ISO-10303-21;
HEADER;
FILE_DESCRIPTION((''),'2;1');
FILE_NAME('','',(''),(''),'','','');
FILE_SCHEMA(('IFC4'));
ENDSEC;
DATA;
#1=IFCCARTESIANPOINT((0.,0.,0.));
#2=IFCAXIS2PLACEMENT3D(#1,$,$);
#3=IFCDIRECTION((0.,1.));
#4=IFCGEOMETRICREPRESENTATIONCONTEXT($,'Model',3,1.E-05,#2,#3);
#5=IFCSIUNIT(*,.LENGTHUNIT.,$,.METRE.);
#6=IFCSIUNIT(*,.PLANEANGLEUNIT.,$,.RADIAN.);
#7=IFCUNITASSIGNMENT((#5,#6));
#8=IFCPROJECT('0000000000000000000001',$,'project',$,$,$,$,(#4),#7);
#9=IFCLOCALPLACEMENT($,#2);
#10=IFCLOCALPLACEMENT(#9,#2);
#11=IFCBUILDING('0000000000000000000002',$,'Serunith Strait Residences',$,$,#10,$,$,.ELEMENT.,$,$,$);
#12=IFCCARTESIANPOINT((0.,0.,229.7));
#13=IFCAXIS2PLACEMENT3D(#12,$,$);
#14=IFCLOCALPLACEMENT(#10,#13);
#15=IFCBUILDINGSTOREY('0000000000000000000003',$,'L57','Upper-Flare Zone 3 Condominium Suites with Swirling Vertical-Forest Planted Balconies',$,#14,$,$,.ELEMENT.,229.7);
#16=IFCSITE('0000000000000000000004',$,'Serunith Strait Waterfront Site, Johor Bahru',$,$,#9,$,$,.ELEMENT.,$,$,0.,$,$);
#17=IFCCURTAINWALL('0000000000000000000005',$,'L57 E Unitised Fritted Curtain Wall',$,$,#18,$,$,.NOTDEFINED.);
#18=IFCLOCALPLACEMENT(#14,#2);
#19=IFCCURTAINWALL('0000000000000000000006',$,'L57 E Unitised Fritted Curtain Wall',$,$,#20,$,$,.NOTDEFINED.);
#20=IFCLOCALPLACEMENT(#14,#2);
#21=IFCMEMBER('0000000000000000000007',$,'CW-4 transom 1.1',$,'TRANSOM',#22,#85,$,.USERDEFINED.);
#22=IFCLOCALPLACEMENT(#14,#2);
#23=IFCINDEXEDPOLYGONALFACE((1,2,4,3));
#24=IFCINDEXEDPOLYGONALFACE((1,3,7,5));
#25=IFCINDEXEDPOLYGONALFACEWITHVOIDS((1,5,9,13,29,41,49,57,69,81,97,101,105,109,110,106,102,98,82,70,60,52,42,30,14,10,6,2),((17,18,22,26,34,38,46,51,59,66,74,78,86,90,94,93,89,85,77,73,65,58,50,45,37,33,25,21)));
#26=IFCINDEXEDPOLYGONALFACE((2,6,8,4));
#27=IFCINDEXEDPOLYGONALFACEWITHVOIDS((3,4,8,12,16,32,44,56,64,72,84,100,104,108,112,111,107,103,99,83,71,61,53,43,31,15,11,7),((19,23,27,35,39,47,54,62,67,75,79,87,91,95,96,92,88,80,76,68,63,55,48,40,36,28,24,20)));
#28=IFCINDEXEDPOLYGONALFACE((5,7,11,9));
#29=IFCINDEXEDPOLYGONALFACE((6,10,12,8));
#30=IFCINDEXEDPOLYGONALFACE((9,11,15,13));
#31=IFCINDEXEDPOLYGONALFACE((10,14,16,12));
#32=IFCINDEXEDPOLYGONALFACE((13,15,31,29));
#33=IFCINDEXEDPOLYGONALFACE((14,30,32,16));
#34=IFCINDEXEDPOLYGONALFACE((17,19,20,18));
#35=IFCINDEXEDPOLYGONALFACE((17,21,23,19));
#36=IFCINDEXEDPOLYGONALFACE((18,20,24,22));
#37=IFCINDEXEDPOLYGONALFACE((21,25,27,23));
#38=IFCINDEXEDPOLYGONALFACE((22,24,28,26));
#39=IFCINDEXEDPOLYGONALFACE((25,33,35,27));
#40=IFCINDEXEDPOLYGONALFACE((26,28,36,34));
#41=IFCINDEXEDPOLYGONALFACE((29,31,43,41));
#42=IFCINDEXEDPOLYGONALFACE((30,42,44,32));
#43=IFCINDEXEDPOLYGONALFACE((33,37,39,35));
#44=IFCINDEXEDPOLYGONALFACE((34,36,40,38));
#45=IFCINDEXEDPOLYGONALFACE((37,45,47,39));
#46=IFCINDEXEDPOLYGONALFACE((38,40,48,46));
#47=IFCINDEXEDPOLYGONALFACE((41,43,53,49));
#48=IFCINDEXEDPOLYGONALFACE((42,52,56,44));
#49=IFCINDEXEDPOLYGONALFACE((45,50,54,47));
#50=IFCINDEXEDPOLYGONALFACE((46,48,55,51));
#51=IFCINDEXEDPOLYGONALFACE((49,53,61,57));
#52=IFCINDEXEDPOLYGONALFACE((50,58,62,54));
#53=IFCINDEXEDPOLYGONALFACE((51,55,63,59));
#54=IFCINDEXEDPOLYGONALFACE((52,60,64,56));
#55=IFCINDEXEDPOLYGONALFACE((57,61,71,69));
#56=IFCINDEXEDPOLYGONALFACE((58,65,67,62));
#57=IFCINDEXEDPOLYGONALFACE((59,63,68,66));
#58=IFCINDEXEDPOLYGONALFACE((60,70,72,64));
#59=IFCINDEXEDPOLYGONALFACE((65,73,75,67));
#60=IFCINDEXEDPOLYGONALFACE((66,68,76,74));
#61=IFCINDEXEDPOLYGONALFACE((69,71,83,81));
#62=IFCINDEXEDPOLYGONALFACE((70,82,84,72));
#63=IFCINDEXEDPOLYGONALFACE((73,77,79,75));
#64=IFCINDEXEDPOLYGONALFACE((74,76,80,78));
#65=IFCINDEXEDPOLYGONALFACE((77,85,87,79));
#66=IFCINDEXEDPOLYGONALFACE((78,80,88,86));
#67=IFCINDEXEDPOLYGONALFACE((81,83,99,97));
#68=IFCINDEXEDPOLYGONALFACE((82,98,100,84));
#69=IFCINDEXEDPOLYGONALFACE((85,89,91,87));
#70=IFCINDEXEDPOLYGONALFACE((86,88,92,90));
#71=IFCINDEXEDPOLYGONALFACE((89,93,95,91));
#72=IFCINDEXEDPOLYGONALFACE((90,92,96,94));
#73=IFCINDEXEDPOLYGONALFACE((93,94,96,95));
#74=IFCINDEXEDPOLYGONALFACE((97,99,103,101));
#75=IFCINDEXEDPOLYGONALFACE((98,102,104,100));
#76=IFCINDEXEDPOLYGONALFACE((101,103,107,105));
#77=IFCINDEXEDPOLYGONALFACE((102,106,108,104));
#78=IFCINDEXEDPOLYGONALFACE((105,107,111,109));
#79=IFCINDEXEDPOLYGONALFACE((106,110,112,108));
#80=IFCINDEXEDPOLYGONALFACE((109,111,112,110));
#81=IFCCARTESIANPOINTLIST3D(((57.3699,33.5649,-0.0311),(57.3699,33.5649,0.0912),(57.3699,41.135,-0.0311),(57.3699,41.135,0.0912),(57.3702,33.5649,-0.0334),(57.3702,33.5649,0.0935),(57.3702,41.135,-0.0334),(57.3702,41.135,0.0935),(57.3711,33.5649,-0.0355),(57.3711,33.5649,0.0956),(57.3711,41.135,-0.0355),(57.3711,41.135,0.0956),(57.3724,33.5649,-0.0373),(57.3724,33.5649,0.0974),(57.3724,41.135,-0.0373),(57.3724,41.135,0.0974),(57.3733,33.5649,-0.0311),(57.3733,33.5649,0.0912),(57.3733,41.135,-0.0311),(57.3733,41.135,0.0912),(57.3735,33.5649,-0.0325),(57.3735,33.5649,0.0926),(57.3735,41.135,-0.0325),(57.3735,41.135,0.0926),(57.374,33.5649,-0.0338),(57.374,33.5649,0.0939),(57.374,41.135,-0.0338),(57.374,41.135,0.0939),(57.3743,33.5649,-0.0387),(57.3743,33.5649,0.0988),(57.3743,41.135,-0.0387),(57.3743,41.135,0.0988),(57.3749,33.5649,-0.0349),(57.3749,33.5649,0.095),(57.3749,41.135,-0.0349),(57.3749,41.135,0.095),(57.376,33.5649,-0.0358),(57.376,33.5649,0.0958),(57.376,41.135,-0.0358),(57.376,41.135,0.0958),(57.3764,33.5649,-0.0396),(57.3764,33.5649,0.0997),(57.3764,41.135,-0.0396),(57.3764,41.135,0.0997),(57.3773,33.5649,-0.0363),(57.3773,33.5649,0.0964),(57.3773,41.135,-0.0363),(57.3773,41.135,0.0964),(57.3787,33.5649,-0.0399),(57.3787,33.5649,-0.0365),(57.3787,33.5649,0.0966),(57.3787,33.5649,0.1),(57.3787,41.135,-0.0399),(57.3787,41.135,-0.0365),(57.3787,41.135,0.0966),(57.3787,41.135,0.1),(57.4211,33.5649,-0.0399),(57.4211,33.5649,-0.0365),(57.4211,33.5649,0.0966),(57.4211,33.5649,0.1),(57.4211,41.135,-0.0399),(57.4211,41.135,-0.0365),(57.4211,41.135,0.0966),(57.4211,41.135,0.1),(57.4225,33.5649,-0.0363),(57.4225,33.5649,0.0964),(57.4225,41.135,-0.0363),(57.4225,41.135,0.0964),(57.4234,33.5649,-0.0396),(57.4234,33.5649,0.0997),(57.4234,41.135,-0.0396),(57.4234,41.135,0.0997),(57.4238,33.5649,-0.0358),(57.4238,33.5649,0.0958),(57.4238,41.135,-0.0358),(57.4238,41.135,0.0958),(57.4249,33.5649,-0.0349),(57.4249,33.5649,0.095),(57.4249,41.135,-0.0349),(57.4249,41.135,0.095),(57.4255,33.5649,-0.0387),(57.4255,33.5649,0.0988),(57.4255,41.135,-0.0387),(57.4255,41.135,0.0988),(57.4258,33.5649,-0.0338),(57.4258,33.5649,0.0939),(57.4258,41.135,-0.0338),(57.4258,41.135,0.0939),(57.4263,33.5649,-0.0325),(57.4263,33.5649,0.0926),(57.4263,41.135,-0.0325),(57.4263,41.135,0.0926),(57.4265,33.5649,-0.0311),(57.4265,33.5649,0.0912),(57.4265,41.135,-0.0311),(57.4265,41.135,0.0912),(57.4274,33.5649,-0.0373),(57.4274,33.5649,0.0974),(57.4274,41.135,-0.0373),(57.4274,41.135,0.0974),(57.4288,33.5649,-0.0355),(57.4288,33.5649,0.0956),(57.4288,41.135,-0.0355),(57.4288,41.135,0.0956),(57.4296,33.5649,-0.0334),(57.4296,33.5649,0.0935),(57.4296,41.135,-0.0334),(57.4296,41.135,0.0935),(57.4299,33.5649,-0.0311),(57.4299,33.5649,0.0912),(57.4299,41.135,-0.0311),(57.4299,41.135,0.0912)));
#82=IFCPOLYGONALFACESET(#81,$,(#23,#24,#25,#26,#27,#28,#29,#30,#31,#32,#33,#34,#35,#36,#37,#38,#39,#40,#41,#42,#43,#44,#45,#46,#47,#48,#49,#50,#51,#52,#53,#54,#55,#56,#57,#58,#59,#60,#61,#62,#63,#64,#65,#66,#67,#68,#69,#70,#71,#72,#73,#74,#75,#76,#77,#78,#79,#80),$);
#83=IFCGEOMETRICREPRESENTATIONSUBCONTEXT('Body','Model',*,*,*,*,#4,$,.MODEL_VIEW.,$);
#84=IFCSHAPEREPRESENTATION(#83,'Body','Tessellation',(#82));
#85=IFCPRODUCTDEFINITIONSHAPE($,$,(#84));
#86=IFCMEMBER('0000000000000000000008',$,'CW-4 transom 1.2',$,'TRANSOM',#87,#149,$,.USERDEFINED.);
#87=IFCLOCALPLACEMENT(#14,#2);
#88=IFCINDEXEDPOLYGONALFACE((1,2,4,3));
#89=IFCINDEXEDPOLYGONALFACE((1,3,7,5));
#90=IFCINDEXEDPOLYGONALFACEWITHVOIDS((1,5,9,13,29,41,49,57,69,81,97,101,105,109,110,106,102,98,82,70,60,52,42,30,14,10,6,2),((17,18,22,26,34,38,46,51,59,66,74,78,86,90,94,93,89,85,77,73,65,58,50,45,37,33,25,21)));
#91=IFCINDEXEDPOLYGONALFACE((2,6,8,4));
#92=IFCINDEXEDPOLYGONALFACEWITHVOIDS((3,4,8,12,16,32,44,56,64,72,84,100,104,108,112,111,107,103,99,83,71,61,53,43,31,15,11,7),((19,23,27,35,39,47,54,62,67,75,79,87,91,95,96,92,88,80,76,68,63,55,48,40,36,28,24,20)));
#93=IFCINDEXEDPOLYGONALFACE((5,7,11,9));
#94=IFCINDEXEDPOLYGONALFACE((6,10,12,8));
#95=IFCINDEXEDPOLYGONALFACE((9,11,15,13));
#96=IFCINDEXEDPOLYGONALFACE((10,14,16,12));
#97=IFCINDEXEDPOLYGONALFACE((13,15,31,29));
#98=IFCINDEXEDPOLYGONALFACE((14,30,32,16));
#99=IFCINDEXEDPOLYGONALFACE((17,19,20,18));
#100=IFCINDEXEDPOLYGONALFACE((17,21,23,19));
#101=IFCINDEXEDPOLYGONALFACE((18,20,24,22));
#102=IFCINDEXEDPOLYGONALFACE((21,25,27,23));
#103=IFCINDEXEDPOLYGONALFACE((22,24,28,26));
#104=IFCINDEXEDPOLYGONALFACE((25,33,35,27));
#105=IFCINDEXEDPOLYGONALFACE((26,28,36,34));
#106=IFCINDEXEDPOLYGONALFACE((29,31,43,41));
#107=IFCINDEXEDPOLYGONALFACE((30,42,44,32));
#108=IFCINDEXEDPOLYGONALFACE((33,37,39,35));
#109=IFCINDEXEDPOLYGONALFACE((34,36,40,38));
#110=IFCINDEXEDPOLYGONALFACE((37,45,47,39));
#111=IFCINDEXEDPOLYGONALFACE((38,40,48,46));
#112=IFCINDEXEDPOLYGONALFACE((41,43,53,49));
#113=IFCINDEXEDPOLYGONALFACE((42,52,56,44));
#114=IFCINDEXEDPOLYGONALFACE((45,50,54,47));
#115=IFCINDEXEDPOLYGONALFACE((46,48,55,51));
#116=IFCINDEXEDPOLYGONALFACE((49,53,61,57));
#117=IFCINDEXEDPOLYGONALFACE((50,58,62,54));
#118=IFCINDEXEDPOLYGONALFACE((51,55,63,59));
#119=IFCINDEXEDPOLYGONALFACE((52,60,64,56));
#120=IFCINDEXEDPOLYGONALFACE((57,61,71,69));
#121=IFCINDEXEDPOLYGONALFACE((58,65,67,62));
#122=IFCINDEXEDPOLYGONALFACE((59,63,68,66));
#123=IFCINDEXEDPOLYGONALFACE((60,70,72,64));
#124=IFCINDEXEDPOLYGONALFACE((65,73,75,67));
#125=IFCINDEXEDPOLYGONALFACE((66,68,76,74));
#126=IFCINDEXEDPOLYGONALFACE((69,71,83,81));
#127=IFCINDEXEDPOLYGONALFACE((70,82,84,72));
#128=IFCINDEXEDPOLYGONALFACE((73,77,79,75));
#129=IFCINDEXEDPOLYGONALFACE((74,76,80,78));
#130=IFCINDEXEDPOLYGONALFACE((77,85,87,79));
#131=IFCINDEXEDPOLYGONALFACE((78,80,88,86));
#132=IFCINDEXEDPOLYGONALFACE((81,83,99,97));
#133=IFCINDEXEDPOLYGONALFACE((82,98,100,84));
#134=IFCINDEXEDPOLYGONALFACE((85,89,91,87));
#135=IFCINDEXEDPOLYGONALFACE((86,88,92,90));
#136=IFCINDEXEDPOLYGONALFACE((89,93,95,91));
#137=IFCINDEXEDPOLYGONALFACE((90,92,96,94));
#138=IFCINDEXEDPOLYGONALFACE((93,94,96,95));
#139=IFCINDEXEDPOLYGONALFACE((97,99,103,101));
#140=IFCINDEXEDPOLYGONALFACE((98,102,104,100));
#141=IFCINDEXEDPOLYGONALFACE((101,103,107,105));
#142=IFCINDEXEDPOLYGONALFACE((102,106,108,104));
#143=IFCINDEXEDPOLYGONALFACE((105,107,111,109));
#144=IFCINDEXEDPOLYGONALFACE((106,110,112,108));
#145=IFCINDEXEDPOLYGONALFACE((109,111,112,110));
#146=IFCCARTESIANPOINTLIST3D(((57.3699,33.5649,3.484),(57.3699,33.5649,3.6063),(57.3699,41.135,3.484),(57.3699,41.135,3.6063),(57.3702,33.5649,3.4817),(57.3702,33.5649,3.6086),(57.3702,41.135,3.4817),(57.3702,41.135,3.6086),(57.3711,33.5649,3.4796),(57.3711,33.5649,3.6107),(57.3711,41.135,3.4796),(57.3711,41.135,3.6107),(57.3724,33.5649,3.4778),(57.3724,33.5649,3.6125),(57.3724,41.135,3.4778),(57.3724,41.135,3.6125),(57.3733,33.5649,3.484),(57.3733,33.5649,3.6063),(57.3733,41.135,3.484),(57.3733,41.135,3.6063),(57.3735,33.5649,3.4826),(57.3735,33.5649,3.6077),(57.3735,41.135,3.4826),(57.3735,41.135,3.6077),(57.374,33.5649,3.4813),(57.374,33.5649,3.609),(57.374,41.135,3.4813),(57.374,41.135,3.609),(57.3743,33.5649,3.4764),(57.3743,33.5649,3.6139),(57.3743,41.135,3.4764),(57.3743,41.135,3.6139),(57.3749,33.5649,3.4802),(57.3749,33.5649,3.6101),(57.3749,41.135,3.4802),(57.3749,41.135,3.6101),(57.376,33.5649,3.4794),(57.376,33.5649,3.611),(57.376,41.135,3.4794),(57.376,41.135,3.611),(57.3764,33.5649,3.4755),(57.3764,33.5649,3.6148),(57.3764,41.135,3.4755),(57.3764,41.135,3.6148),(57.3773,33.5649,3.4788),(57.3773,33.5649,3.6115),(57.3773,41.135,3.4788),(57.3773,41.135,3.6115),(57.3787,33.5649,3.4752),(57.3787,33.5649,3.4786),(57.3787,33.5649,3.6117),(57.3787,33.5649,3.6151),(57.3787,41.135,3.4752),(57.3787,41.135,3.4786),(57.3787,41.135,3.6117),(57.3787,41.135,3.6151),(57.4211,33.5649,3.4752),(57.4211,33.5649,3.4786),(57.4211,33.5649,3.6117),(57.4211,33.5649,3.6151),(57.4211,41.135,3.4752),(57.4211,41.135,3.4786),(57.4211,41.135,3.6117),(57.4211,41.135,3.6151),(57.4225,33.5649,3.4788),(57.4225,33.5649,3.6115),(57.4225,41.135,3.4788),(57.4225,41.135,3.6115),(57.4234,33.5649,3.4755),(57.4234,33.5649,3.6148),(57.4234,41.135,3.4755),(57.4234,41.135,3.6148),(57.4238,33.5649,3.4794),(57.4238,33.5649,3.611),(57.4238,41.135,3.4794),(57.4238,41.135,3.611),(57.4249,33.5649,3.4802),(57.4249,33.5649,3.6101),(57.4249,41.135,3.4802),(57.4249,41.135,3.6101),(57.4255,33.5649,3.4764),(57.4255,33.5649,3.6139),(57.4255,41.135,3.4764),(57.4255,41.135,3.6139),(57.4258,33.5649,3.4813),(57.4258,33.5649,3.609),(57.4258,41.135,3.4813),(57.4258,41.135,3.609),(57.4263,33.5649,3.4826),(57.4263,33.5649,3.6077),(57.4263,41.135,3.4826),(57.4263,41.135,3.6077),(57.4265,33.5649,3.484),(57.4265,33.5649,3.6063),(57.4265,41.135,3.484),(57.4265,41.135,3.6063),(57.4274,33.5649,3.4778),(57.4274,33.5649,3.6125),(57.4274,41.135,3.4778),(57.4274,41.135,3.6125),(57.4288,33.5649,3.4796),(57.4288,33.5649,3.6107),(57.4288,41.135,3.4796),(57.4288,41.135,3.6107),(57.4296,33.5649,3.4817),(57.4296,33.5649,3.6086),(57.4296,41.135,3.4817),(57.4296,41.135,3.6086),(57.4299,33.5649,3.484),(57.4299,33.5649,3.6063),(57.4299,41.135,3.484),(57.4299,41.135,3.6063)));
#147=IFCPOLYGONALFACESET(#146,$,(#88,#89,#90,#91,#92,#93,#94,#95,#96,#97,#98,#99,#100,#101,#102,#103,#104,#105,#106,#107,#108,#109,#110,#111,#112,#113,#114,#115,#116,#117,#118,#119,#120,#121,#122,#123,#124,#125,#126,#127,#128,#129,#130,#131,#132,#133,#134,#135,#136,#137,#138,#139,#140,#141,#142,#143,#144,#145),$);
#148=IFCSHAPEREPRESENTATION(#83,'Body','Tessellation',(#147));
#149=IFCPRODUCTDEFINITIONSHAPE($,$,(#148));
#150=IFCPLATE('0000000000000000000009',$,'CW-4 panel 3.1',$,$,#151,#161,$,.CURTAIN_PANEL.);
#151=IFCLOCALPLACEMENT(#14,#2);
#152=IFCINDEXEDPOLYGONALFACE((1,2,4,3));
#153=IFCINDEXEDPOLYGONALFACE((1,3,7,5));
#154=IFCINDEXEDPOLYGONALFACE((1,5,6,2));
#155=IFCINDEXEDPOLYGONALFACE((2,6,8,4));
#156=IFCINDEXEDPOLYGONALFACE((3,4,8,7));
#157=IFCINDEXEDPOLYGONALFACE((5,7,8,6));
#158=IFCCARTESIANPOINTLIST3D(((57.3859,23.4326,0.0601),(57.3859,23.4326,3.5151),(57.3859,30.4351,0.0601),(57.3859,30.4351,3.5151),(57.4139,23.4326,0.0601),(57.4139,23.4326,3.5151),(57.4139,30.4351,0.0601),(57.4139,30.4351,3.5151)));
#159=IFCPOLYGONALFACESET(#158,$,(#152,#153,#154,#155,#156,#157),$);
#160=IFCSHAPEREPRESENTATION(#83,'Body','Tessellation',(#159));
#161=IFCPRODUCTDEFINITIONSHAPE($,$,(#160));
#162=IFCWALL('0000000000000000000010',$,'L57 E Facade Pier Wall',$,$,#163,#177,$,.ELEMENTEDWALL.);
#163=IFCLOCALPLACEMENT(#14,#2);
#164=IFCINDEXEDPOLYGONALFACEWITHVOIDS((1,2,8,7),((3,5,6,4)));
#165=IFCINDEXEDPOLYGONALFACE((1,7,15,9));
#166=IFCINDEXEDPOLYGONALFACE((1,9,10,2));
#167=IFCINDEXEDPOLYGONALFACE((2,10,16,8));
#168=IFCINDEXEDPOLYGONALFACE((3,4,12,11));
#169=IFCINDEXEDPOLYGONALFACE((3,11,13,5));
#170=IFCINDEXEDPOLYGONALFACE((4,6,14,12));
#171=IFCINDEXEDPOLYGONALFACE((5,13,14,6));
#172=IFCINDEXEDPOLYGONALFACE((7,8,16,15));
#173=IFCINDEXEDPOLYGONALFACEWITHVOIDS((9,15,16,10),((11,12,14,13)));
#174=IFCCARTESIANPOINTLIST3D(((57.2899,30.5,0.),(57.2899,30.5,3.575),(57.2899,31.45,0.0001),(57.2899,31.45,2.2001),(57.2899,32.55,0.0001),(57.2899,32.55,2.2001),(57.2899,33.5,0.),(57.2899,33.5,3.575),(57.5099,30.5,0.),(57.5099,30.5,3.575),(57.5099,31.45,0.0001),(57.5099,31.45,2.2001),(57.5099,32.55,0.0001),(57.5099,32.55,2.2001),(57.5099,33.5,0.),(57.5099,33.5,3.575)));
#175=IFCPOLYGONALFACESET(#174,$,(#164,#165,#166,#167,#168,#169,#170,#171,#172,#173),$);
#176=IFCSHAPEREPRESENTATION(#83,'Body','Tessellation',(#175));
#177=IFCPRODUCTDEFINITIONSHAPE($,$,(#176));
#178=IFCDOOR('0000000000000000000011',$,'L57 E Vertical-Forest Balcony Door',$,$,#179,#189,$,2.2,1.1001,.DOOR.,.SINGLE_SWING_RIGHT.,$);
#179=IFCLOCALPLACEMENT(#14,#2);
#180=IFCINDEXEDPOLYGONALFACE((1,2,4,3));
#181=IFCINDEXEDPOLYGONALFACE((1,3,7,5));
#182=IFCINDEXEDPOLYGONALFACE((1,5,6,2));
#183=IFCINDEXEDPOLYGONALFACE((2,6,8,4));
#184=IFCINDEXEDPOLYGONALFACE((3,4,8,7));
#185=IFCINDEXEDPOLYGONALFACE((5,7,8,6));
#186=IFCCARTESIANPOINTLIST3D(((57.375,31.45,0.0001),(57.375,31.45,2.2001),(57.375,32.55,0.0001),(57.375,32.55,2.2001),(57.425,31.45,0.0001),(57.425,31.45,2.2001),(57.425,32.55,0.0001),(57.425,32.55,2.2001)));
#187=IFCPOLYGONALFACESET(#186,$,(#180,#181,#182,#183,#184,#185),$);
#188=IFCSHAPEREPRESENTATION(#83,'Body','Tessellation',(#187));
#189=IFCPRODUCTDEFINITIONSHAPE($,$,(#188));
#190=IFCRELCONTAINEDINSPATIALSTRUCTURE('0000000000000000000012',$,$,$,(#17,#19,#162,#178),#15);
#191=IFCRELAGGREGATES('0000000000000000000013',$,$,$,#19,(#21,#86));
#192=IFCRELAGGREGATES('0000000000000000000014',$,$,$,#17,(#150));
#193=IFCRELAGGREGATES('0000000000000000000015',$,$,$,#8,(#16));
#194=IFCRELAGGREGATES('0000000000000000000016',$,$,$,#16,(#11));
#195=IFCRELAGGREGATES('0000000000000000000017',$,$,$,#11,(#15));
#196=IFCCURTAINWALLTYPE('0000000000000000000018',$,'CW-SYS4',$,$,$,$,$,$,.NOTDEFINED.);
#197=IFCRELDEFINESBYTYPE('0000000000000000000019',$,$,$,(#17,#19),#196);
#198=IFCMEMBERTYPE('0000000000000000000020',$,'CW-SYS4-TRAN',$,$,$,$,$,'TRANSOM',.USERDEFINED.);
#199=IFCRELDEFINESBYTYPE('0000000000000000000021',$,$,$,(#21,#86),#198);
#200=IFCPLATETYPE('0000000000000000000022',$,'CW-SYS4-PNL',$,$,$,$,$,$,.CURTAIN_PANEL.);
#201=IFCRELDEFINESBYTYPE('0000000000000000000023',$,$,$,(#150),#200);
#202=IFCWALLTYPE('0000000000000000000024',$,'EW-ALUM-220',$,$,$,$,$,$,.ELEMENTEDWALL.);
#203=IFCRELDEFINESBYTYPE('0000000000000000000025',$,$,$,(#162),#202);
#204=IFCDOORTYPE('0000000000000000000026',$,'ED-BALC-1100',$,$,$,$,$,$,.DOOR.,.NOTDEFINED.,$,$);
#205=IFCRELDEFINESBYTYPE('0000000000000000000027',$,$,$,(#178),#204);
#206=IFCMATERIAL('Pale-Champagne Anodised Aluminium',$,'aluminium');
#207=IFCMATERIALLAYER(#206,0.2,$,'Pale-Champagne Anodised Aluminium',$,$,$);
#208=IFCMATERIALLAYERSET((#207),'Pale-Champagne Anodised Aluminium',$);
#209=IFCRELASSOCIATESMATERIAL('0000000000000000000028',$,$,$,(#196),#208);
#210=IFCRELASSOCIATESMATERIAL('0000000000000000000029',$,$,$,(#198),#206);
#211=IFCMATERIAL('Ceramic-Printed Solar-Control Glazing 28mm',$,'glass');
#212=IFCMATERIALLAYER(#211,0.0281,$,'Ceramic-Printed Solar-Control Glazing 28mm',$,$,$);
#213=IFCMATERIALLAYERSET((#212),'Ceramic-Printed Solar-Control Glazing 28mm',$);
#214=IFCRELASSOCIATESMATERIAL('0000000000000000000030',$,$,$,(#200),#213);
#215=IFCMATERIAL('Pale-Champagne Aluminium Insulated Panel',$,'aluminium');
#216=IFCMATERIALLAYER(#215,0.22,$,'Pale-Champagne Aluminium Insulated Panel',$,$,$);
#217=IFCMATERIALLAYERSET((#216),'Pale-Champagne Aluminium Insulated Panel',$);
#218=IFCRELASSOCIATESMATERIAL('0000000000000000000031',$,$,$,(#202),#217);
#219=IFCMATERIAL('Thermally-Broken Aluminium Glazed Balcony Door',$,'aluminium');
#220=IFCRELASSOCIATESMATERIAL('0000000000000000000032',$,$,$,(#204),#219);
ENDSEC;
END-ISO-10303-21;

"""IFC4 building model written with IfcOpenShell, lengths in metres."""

from ifc_helpers import new_model, si_unit, direction, frame, frame_2d, origin, origin_2d, place, context, subcontext, project, spatial, rectangle, hollow_rectangle, extrude, source, transform, mapped, material, layer, layer_set, material_profile, profile_set, type_object, element, fill, aggregate, save


model = new_model("IFC4")

# Units and contexts
model_context = context("Model", 3, precision=1e-05, world=origin(), true_north=direction((0.0, 1.0)))
body_context = subcontext(model_context, "Body", "Model", "MODEL_VIEW")
ifc_project = project(units=[si_unit("LENGTHUNIT", "METRE"), si_unit("PLANEANGLEUNIT", "RADIAN")], contexts=[model_context])

# Site, building, storey
site_placement = place(None, origin())
site = spatial("IfcSite", under=ifc_project, at=site_placement, Name="Serunith Strait Waterfront Site, Johor Bahru", CompositionType="ELEMENT", RefElevation=0.0)
building_placement = place(site_placement, origin())
building = spatial("IfcBuilding", under=site, at=building_placement, Name="Serunith Strait Residences", CompositionType="ELEMENT")
storey_placement = place(building_placement, frame((0.0, 0.0, 229.7)))
storey = spatial("IfcBuildingStorey", under=building, at=storey_placement, Name="L57", Description="Upper-Flare Zone 3 Condominium Suites with Swirling Vertical-Forest Planted Balconies", CompositionType="ELEMENT", Elevation=229.7)

# Curtain walls
ifc_material_1 = material(Name="Pale-Champagne Anodised Aluminium", Category="aluminium")
ifc_layer_1 = layer(ifc_material_1, 0.2, Name="Pale-Champagne Anodised Aluminium")
ifc_layer_set_1 = layer_set([ifc_layer_1], Name="Pale-Champagne Anodised Aluminium")
curtain_wall_type = type_object("IfcCurtainWallType", Name="CW-SYS4", PredefinedType="NOTDEFINED", material=ifc_layer_set_1)
curtain_wall_1_placement = place(storey_placement, origin())
curtain_wall_1 = element("IfcCurtainWall", 1, at=curtain_wall_1_placement, inside=storey, type_object=curtain_wall_type, Name="L57 E Unitised Fritted Curtain Wall", PredefinedType="NOTDEFINED")
curtain_wall_2_placement = place(storey_placement, origin())
curtain_wall_2 = element("IfcCurtainWall", 2, at=curtain_wall_2_placement, inside=storey, type_object=curtain_wall_type, Name="L57 E Unitised Fritted Curtain Wall", PredefinedType="NOTDEFINED")

# Members
ifc_material_profile_1 = material_profile(ifc_material_1, hollow_rectangle(XDim=0.0601, YDim=0.1399, WallThickness=0.0034, InnerFilletRadius=0.0054, OuterFilletRadius=0.0088, at=origin_2d()), Name="ALU 140x60x3.5")
ifc_profile_set_1 = profile_set([ifc_material_profile_1], Name="Pale-Champagne Anodised Aluminium")
member_type_1 = type_object("IfcMemberType", Name="CW-SYS4-TRAN", ElementType="TRANSOM", PredefinedType="USERDEFINED", material=ifc_profile_set_1)
shared_shape_1 = source(origin(), body_context, "Body", "SweptSolid", [
    extrude(hollow_rectangle(XDim=0.0601, YDim=0.1399, WallThickness=0.0034, InnerFilletRadius=0.0054, OuterFilletRadius=0.0088, at=origin_2d()), origin(), (0.0, 0.0, 1.0), 7.5701),
])
member_1_placement = place(storey_placement, frame((57.3999, 33.5649, 0.03), z_axis=(0.0, 1.0, 0.0), x_axis=(-1.0, 0.0, 0.0)))
member_1 = element("IfcMember", 3, at=member_1_placement, type_object=member_type_1, Name="CW-4 transom 1.1", ObjectType="TRANSOM", PredefinedType="USERDEFINED", context=body_context, shape_type="MappedRepresentation", body=[
    mapped(shared_shape_1, transform((0.0, 0.0, 0.0), scale=1.0)),
])
member_2_placement = place(storey_placement, frame((57.3999, 33.5649, 3.5452), z_axis=(0.0, 1.0, 0.0), x_axis=(-1.0, 0.0, 0.0)))
member_2 = element("IfcMember", 4, at=member_2_placement, type_object=member_type_1, Name="CW-4 transom 1.2", ObjectType="TRANSOM", PredefinedType="USERDEFINED", context=body_context, shape_type="MappedRepresentation", body=[
    mapped(shared_shape_1, transform((0.0, 0.0, 0.0), scale=1.0)),
])
aggregate(curtain_wall_2, [member_1, member_2])

# Plate
ifc_material_2 = material(Name="Ceramic-Printed Solar-Control Glazing 28mm", Category="glass")
ifc_layer_2 = layer(ifc_material_2, 0.0281, Name="Ceramic-Printed Solar-Control Glazing 28mm")
ifc_layer_set_2 = layer_set([ifc_layer_2], Name="Ceramic-Printed Solar-Control Glazing 28mm")
plate_type = type_object("IfcPlateType", Name="CW-SYS4-PNL", PredefinedType="CURTAIN_PANEL", material=ifc_layer_set_2)
shared_shape_2 = source(origin(), body_context, "Body", "SweptSolid", [
    extrude(rectangle(XDim=7.0024, YDim=0.0281, at=origin_2d()), origin(), (0.0, 0.0, 1.0), 3.4551),
])
plate_placement = place(storey_placement, frame((57.3999, 26.9338, 0.0601), z_axis=(0.0, 0.0, 1.0), x_axis=(0.0, 1.0, 0.0)))
plate = element("IfcPlate", 5, at=plate_placement, type_object=plate_type, Name="CW-4 panel 3.1", PredefinedType="CURTAIN_PANEL", context=body_context, shape_type="MappedRepresentation", body=[
    mapped(shared_shape_2, transform((0.0, 0.0, 0.0), scale=1.0)),
])
aggregate(curtain_wall_1, [plate])

# Wall, opening, door
ifc_material_3 = material(Name="Pale-Champagne Aluminium Insulated Panel", Category="aluminium")
ifc_layer_3 = layer(ifc_material_3, 0.22, Name="Pale-Champagne Aluminium Insulated Panel")
ifc_layer_set_3 = layer_set([ifc_layer_3], Name="Pale-Champagne Aluminium Insulated Panel")
wall_type_1 = type_object("IfcWallType", Name="EW-ALUM-220", PredefinedType="ELEMENTEDWALL", material=ifc_layer_set_3)
wall_1_placement = place(storey_placement, frame((57.3999, 30.5, 0.0), z_axis=(0.0, 0.0, 1.0), x_axis=(0.0, 1.0, 0.0)))
wall_1 = element("IfcWall", 6, at=wall_1_placement, inside=storey, type_object=wall_type_1, Name="L57 E Facade Pier Wall", PredefinedType="ELEMENTEDWALL", context=body_context, shape_type="SweptSolid", body=[
    extrude(rectangle(XDim=3.0, YDim=0.22, at=frame_2d((1.5, 0.0))), origin(), (0.0, 0.0, 1.0), 3.575),
])
opening_1_placement = place(wall_1_placement, frame((0.95, 0.0, 0.0)))
opening_1 = element("IfcOpeningElement", 7, at=opening_1_placement, cuts=wall_1, PredefinedType="OPENING", context=body_context, shape_type="SweptSolid", body=[
    extrude(rectangle(XDim=1.1001, YDim=2.2, at=frame_2d((0.55, 1.1001))), frame((0.0, 0.1201, 0.0), z_axis=(0.0, -1.0, 0.0), x_axis=(1.0, 0.0, 0.0)), (0.0, 0.0, 1.0), 0.24),
])
ifc_material_4 = material(Name="Thermally-Broken Aluminium Glazed Balcony Door", Category="aluminium")
door_type_1 = type_object("IfcDoorType", Name="ED-BALC-1100", OperationType="NOTDEFINED", PredefinedType="DOOR", material=ifc_material_4)
shared_shape_3 = source(origin(), body_context, "Body", "SweptSolid", [
    extrude(rectangle(XDim=1.1001, YDim=2.2, at=frame_2d((0.55, 1.1001))), frame((0.0, 0.0249, 0.0), z_axis=(0.0, -1.0, 0.0), x_axis=(1.0, 0.0, 0.0)), (0.0, 0.0, 1.0), 0.05),
])
door_1_placement = place(opening_1_placement, origin())
door_1 = element("IfcDoor", 8, at=door_1_placement, inside=storey, type_object=door_type_1, Name="L57 E Vertical-Forest Balcony Door", OperationType="SINGLE_SWING_RIGHT", OverallHeight=2.2, OverallWidth=1.1001, PredefinedType="DOOR", context=body_context, shape_type="MappedRepresentation", body=[
    mapped(shared_shape_3, transform((0.0, 0.0, 0.0), scale=1.0)),
])
fill(opening_1, door_1)

save(model, "model.ifc")
